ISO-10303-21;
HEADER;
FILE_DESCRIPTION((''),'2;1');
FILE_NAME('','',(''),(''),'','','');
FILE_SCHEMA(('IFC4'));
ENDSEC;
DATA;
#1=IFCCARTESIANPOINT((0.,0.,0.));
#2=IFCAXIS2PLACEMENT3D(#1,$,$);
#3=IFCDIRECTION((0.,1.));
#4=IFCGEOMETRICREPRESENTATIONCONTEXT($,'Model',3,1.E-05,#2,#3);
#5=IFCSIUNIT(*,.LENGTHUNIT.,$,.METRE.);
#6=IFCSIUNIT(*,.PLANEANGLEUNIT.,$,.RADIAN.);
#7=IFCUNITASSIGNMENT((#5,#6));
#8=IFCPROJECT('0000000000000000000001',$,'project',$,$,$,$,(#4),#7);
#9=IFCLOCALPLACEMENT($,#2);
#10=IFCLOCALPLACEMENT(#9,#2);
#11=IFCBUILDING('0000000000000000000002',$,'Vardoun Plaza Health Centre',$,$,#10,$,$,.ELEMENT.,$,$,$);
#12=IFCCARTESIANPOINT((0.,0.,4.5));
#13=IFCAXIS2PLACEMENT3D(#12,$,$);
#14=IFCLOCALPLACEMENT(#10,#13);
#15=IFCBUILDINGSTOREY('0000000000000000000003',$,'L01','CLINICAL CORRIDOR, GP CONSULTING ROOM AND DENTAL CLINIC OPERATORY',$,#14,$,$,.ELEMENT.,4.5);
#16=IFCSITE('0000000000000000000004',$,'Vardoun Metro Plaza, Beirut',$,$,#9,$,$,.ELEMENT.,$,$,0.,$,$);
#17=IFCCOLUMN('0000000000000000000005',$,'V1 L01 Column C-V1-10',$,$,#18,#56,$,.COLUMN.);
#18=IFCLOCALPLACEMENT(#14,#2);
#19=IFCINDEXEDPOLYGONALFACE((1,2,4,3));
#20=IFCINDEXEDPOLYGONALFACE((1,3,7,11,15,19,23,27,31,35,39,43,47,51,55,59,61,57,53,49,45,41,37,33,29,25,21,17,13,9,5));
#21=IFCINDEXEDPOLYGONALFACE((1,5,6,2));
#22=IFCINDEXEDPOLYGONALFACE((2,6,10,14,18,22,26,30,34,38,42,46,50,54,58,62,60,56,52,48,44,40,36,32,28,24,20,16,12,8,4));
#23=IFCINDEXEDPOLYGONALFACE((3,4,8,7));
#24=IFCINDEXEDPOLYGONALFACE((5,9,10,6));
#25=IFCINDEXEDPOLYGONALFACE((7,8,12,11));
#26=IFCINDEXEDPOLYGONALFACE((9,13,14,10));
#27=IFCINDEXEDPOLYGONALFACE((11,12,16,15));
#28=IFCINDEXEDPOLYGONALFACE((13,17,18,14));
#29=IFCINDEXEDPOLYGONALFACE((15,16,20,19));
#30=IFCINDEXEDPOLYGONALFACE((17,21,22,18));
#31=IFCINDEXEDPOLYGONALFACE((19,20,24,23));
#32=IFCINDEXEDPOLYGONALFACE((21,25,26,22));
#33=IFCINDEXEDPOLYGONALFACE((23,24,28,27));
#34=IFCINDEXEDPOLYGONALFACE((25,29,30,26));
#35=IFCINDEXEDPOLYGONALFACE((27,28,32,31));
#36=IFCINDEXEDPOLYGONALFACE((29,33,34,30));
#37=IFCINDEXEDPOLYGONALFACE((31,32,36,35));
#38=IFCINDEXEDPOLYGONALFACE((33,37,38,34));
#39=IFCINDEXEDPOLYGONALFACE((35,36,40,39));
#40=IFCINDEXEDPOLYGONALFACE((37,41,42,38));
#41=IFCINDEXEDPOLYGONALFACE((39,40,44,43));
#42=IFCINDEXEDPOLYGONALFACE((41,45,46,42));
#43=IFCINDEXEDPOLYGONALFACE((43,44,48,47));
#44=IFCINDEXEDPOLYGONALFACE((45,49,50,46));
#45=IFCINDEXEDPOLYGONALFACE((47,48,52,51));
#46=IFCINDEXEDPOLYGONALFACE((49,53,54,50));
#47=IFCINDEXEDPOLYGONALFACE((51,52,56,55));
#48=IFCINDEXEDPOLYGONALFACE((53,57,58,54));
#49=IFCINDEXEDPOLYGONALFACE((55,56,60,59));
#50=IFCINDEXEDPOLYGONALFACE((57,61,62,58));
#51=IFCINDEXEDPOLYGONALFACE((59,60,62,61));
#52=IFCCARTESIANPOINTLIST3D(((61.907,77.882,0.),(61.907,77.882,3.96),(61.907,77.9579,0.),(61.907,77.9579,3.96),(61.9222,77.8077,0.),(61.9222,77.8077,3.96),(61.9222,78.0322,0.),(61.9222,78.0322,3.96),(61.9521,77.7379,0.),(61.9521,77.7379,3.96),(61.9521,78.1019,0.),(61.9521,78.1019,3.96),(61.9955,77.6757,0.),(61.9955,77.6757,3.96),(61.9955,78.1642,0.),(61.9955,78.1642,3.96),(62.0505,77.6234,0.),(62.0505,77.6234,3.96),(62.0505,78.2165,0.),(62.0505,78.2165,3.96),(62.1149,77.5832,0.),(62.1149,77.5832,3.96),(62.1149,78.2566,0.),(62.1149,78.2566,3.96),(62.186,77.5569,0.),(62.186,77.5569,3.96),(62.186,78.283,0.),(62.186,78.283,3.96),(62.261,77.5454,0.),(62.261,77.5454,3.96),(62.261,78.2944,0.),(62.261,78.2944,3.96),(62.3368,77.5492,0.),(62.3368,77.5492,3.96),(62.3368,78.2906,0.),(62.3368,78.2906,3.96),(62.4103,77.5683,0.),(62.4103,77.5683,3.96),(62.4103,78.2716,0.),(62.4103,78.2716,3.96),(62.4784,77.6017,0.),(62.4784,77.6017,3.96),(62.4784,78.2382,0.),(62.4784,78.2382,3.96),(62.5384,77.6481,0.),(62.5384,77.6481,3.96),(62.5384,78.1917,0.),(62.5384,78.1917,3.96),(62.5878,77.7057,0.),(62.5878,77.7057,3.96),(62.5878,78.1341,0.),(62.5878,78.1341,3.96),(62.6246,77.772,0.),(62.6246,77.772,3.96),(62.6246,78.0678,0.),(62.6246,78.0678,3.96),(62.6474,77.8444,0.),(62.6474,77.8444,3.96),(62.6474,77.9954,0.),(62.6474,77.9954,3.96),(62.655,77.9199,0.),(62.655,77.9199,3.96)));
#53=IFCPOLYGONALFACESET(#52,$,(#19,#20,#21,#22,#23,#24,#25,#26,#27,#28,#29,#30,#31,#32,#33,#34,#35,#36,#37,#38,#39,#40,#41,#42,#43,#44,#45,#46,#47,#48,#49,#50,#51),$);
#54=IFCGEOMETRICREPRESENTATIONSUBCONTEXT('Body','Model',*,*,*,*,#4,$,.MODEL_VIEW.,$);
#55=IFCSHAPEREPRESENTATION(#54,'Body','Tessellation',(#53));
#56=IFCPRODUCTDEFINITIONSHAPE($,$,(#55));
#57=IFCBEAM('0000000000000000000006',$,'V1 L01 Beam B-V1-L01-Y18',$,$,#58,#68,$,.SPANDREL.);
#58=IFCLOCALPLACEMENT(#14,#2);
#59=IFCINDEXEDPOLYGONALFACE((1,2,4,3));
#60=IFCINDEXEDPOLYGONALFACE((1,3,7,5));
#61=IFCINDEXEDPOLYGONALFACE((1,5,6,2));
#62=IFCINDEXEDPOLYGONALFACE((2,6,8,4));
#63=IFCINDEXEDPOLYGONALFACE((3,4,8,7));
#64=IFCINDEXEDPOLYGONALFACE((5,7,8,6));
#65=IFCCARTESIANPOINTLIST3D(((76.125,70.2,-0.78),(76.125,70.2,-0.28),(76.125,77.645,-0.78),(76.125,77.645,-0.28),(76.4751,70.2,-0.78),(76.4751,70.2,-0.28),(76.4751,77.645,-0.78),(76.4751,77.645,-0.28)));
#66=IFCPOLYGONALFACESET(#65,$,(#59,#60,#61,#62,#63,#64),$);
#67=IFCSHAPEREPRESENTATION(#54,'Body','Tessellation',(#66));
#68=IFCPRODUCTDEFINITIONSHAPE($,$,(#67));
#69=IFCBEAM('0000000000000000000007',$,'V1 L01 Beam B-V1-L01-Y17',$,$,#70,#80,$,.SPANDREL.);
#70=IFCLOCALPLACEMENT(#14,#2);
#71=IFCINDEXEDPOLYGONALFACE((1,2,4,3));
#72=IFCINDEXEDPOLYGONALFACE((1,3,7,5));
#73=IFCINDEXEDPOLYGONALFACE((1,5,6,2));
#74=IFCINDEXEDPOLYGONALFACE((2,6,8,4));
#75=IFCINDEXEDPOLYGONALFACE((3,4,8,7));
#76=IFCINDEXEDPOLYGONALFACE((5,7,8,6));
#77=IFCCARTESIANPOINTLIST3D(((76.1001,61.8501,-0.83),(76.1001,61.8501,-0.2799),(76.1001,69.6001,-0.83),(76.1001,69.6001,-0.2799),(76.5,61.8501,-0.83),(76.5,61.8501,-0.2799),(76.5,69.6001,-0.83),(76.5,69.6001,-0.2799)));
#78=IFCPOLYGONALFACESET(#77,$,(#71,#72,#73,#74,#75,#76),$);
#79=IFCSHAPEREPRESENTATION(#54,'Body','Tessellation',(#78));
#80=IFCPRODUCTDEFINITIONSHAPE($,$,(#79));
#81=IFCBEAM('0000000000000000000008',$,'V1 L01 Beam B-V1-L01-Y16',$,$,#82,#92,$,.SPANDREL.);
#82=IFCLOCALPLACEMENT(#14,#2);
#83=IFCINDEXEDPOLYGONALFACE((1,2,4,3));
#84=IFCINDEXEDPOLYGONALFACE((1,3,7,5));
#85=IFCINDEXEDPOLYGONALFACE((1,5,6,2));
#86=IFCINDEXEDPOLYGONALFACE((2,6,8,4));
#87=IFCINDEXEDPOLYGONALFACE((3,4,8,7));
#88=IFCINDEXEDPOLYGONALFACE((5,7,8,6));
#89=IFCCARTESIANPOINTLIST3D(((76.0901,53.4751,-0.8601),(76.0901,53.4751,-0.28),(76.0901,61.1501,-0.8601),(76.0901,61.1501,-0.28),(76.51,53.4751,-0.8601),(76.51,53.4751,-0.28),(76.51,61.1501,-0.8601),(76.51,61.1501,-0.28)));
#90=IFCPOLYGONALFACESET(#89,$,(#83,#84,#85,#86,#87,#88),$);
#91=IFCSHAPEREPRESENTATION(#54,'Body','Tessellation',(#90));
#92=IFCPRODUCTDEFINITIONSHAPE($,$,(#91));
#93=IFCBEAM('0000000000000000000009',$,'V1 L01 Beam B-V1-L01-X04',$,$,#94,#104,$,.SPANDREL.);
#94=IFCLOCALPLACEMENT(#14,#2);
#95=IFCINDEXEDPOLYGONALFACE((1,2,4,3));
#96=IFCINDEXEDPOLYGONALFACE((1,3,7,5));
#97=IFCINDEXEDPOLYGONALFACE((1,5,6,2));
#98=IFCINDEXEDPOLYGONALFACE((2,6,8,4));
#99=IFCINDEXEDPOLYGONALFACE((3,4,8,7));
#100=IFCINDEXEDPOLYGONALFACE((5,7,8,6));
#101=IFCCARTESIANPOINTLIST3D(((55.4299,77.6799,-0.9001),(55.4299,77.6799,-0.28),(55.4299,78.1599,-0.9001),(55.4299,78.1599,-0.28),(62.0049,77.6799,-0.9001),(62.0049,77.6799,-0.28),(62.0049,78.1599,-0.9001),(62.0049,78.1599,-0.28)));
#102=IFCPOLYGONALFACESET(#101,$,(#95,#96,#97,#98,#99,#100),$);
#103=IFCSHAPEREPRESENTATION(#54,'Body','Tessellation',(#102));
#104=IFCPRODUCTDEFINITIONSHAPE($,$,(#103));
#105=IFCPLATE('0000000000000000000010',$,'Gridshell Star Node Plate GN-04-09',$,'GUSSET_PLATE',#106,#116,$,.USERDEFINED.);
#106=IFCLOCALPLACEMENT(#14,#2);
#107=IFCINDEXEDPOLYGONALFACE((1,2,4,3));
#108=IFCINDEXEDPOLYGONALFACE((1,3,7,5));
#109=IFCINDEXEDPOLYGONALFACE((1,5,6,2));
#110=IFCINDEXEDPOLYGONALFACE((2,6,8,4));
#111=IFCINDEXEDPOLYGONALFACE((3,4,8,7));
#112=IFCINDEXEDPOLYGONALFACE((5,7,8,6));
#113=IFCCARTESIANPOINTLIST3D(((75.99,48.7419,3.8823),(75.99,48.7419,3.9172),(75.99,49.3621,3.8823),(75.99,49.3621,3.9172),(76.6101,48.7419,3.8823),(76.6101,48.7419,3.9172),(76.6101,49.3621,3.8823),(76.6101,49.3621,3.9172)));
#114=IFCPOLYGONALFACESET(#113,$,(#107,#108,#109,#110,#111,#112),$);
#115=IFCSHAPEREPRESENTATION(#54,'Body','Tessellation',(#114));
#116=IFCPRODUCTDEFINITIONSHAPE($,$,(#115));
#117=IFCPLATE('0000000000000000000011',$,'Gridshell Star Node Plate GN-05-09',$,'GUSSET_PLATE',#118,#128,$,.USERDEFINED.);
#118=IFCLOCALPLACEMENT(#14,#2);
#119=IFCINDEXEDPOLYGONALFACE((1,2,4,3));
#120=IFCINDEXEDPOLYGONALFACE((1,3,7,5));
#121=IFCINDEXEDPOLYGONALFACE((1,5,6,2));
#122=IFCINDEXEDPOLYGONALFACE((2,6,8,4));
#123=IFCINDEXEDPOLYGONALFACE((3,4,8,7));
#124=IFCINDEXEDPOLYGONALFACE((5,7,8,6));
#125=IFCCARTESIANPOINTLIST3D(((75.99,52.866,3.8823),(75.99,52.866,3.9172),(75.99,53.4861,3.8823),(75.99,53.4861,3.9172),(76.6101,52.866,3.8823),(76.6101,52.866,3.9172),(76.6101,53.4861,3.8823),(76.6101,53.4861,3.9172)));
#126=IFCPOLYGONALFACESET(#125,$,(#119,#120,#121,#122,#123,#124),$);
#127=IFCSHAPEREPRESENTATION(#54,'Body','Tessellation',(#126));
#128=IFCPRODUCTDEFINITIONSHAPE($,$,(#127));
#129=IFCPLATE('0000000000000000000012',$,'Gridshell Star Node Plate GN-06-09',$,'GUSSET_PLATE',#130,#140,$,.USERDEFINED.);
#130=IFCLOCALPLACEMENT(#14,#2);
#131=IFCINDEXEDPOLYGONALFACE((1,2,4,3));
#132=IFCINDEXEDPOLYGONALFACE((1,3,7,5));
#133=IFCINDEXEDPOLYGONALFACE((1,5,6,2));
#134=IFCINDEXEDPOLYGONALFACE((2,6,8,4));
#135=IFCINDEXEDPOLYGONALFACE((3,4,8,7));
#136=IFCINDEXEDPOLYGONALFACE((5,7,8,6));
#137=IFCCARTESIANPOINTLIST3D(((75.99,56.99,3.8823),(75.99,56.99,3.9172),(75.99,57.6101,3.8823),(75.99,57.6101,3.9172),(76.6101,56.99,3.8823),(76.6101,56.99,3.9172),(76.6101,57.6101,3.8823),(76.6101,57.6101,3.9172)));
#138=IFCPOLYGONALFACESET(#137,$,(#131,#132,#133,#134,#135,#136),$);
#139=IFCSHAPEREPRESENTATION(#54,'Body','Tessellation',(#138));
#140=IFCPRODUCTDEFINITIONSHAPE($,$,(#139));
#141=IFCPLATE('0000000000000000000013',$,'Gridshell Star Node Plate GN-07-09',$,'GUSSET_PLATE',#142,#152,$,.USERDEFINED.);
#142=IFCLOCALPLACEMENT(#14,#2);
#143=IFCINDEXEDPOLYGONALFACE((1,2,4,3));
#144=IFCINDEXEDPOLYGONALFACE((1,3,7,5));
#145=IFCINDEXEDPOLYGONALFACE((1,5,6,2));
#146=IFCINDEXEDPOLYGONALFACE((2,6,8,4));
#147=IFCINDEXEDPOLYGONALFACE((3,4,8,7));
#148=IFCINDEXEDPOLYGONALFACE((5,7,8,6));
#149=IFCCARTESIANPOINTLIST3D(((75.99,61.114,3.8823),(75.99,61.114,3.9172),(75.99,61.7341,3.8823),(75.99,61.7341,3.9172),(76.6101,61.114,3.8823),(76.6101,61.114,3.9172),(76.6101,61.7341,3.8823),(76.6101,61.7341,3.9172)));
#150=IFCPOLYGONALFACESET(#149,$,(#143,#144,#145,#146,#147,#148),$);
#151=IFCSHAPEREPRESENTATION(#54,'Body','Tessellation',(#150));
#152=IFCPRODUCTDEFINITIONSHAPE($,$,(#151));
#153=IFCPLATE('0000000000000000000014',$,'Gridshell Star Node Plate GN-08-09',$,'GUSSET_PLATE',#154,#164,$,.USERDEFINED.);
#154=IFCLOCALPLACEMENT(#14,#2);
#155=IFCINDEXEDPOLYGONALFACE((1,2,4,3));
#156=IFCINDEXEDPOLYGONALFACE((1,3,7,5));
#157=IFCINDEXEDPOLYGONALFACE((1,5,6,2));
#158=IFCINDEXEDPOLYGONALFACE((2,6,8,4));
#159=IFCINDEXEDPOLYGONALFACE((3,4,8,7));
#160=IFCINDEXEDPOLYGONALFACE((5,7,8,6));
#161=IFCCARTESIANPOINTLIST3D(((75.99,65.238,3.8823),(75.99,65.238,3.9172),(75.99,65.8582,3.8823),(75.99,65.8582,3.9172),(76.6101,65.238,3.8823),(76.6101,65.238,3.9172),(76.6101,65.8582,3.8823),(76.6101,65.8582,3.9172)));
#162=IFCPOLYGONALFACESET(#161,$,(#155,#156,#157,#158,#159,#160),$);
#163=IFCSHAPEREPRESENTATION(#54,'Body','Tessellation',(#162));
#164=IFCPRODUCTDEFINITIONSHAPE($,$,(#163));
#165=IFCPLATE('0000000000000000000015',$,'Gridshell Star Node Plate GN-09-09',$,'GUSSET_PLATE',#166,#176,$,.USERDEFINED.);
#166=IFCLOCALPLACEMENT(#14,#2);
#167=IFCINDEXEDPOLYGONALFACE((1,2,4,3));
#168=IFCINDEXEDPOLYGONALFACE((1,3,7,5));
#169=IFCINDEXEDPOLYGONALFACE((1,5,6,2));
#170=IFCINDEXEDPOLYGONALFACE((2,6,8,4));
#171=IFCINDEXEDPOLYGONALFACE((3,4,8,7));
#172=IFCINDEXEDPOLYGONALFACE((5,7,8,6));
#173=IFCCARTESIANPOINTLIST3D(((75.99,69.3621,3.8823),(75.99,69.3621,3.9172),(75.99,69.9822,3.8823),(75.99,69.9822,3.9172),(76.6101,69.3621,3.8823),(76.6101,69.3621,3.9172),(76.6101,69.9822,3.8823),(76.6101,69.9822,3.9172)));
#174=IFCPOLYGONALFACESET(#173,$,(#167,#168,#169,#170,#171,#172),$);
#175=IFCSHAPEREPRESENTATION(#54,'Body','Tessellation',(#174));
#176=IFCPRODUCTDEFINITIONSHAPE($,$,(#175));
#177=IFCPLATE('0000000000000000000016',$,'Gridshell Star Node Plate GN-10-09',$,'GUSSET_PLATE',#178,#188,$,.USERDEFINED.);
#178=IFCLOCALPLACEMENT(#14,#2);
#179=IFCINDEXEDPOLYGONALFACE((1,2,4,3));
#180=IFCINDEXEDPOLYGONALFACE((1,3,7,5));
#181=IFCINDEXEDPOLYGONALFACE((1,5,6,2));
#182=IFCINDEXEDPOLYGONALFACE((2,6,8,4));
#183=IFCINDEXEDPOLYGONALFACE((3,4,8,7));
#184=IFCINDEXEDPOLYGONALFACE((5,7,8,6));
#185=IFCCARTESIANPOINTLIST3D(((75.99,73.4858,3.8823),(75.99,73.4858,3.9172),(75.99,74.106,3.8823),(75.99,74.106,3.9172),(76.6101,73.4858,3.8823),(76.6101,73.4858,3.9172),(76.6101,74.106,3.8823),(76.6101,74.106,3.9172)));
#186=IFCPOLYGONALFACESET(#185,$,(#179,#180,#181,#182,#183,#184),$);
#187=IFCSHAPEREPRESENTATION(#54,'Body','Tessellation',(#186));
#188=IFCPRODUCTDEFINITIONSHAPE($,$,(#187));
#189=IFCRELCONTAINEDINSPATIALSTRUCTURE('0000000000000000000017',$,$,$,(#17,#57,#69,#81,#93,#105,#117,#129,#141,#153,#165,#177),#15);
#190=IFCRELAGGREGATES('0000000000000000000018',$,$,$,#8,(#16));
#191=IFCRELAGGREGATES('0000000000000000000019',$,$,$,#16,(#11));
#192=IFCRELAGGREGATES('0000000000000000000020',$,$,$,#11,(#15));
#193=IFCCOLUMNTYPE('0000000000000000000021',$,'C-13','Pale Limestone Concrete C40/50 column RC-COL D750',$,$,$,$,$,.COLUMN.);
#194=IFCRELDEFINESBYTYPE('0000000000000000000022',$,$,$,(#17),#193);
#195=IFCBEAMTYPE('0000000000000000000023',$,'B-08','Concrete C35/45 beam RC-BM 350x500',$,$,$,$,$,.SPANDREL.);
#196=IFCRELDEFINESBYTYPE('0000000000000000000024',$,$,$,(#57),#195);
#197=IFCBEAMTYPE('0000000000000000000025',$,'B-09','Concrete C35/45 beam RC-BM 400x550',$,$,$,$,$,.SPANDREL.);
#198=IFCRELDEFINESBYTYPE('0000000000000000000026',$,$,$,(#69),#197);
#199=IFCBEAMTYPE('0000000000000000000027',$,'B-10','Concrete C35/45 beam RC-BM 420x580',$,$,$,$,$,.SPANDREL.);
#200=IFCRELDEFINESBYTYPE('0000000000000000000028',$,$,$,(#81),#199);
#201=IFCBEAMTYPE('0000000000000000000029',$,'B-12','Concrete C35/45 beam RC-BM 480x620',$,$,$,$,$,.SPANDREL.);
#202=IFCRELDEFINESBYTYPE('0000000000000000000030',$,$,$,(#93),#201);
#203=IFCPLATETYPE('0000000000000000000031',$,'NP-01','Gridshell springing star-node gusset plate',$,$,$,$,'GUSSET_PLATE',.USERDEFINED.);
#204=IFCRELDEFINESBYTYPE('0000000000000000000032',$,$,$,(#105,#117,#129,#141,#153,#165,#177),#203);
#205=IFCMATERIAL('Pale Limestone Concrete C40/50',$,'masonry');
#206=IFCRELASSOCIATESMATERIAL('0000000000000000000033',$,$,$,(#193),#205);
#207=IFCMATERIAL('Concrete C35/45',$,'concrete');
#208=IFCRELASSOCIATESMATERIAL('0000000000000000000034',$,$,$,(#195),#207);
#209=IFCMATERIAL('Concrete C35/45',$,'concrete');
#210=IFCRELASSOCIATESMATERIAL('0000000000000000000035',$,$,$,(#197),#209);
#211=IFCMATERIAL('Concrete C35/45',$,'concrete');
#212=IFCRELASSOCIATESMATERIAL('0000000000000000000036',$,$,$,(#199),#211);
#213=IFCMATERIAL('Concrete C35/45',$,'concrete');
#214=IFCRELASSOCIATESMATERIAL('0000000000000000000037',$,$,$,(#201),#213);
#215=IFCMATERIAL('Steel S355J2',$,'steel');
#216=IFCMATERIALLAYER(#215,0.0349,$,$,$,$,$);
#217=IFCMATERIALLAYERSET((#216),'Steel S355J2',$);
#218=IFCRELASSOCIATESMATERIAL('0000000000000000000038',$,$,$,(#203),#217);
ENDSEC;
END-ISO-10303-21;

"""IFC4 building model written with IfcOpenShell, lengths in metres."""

from ifc_helpers import new_model, si_unit, direction, frame, origin, origin_2d, place, context, subcontext, project, spatial, rectangle, circle, extrude, material, layer, layer_set, material_profile, profile_set, type_object, element, save


model = new_model("IFC4")

# Units and contexts
model_context = context("Model", 3, precision=1e-05, world=origin(), true_north=direction((0.0, 1.0)))
body_context = subcontext(model_context, "Body", "Model", "MODEL_VIEW")
ifc_project = project(units=[si_unit("LENGTHUNIT", "METRE"), si_unit("PLANEANGLEUNIT", "RADIAN")], contexts=[model_context])

# Site, building, storey
site_placement = place(None, origin())
site = spatial("IfcSite", under=ifc_project, at=site_placement, Name="Vardoun Metro Plaza, Beirut", CompositionType="ELEMENT", RefElevation=0.0)
building_placement = place(site_placement, origin())
building = spatial("IfcBuilding", under=site, at=building_placement, Name="Vardoun Plaza Health Centre", CompositionType="ELEMENT")
storey_placement = place(building_placement, frame((0.0, 0.0, 4.5)))
storey = spatial("IfcBuildingStorey", under=building, at=storey_placement, Name="L01", Description="CLINICAL CORRIDOR, GP CONSULTING ROOM AND DENTAL CLINIC OPERATORY", CompositionType="ELEMENT", Elevation=4.5)

# Column
ifc_material_1 = material(Name="Pale Limestone Concrete C40/50", Category="masonry")
ifc_material_profile_1 = material_profile(ifc_material_1, circle(Radius=0.375, at=origin_2d()), Name="RC-COL D750")
ifc_profile_set_1 = profile_set([ifc_material_profile_1], Name="Pale Limestone Concrete C40/50")
column_type_1 = type_object("IfcColumnType", Name="C-13", Description="Pale Limestone Concrete C40/50 column RC-COL D750", PredefinedType="COLUMN", material=ifc_profile_set_1)
column_1_placement = place(storey_placement, frame((62.28, 77.9199, 0.0), z_axis=(0.0, 0.0, 1.0), x_axis=(1.0, 0.0, 0.0)))
element("IfcColumn", 1, at=column_1_placement, inside=storey, type_object=column_type_1, Name="V1 L01 Column C-V1-10", PredefinedType="COLUMN", context=body_context, shape_type="SweptSolid", body=[
    extrude(circle(Radius=0.375, at=origin_2d()), origin(), (0.0, 0.0, 1.0), 3.96),
])

# Beams
ifc_material_2 = material(Name="Concrete C35/45", Category="concrete")
ifc_material_profile_2 = material_profile(ifc_material_2, rectangle(XDim=0.3501, YDim=0.5, at=origin_2d()), Name="RC-BM 350x500")
ifc_profile_set_2 = profile_set([ifc_material_profile_2], Name="Concrete C35/45")
beam_type_1 = type_object("IfcBeamType", Name="B-08", Description="Concrete C35/45 beam RC-BM 350x500", PredefinedType="SPANDREL", material=ifc_profile_set_2)
beam_1_placement = place(storey_placement, frame((76.3, 70.2, -0.53), z_axis=(0.0, 1.0, 0.0), x_axis=(-1.0, 0.0, 0.0)))
element("IfcBeam", 2, at=beam_1_placement, inside=storey, type_object=beam_type_1, Name="V1 L01 Beam B-V1-L01-Y18", PredefinedType="SPANDREL", context=body_context, shape_type="SweptSolid", body=[
    extrude(rectangle(XDim=0.3501, YDim=0.5, at=origin_2d()), origin(), (0.0, 0.0, 1.0), 7.4451),
])
ifc_material_3 = material(Name="Concrete C35/45", Category="concrete")
ifc_material_profile_3 = material_profile(ifc_material_3, rectangle(XDim=0.3999, YDim=0.55, at=origin_2d()), Name="RC-BM 400x550")
ifc_profile_set_3 = profile_set([ifc_material_profile_3], Name="Concrete C35/45")
beam_type_2 = type_object("IfcBeamType", Name="B-09", Description="Concrete C35/45 beam RC-BM 400x550", PredefinedType="SPANDREL", material=ifc_profile_set_3)
beam_2_placement = place(storey_placement, frame((76.3, 61.8501, -0.5549), z_axis=(0.0, 1.0, 0.0), x_axis=(-1.0, 0.0, 0.0)))
element("IfcBeam", 3, at=beam_2_placement, inside=storey, type_object=beam_type_2, Name="V1 L01 Beam B-V1-L01-Y17", PredefinedType="SPANDREL", context=body_context, shape_type="SweptSolid", body=[
    extrude(rectangle(XDim=0.3999, YDim=0.55, at=origin_2d()), origin(), (0.0, 0.0, 1.0), 7.75),
])
ifc_material_4 = material(Name="Concrete C35/45", Category="concrete")
ifc_material_profile_4 = material_profile(ifc_material_4, rectangle(XDim=0.4199, YDim=0.5801, at=origin_2d()), Name="RC-BM 420x580")
ifc_profile_set_4 = profile_set([ifc_material_profile_4], Name="Concrete C35/45")
beam_type_3 = type_object("IfcBeamType", Name="B-10", Description="Concrete C35/45 beam RC-BM 420x580", PredefinedType="SPANDREL", material=ifc_profile_set_4)
beam_3_placement = place(storey_placement, frame((76.3, 53.4751, -0.5701), z_axis=(0.0, 1.0, 0.0), x_axis=(-1.0, 0.0, 0.0)))
element("IfcBeam", 4, at=beam_3_placement, inside=storey, type_object=beam_type_3, Name="V1 L01 Beam B-V1-L01-Y16", PredefinedType="SPANDREL", context=body_context, shape_type="SweptSolid", body=[
    extrude(rectangle(XDim=0.4199, YDim=0.5801, at=origin_2d()), origin(), (0.0, 0.0, 1.0), 7.675),
])
ifc_material_5 = material(Name="Concrete C35/45", Category="concrete")
ifc_material_profile_5 = material_profile(ifc_material_5, rectangle(XDim=0.48, YDim=0.6201, at=origin_2d()), Name="RC-BM 480x620")
ifc_profile_set_5 = profile_set([ifc_material_profile_5], Name="Concrete C35/45")
beam_type_4 = type_object("IfcBeamType", Name="B-12", Description="Concrete C35/45 beam RC-BM 480x620", PredefinedType="SPANDREL", material=ifc_profile_set_5)
beam_4_placement = place(storey_placement, frame((55.4299, 77.9199, -0.5901), z_axis=(1.0, 0.0, 0.0), x_axis=(0.0, 1.0, 0.0)))
element("IfcBeam", 5, at=beam_4_placement, inside=storey, type_object=beam_type_4, Name="V1 L01 Beam B-V1-L01-X04", PredefinedType="SPANDREL", context=body_context, shape_type="SweptSolid", body=[
    extrude(rectangle(XDim=0.48, YDim=0.6201, at=origin_2d()), origin(), (0.0, 0.0, 1.0), 6.575),
])

# Plates
ifc_material_6 = material(Name="Steel S355J2", Category="steel")
ifc_layer_1 = layer(ifc_material_6, 0.0349)
ifc_layer_set_1 = layer_set([ifc_layer_1], Name="Steel S355J2")
plate_type = type_object("IfcPlateType", Name="NP-01", Description="Gridshell springing star-node gusset plate", ElementType="GUSSET_PLATE", PredefinedType="USERDEFINED", material=ifc_layer_set_1)
for number, where, z_axis, x_axis, name in (
    (6, (76.3, 49.052, 3.8823), (0.0, 0.0, 1.0), (1.0, 0.0, 0.0), "Gridshell Star Node Plate GN-04-09"),
    (7, (76.3, 53.176, 3.8823), (0.0, 0.0, 1.0), (1.0, 0.0, 0.0), "Gridshell Star Node Plate GN-05-09"),
    (8, (76.3, 57.3, 3.8823), (0.0, 0.0, 1.0), (1.0, 0.0, 0.0), "Gridshell Star Node Plate GN-06-09"),
    (9, (76.3, 61.4241, 3.8823), (0.0, 0.0, 1.0), (1.0, 0.0, 0.0), "Gridshell Star Node Plate GN-07-09"),
    (10, (76.3, 65.5481, 3.8823), (0.0, 0.0, 1.0), (1.0, 0.0, 0.0), "Gridshell Star Node Plate GN-08-09"),
    (11, (76.3, 69.6721, 3.8823), (0.0, 0.0, 1.0), (1.0, 0.0, 0.0), "Gridshell Star Node Plate GN-09-09"),
    (12, (76.3, 73.7959, 3.8823), (0.0, 0.0, 1.0), (1.0, 0.0, 0.0), "Gridshell Star Node Plate GN-10-09"),
):
    element("IfcPlate", number, at=place(storey_placement, frame(where, z_axis=z_axis, x_axis=x_axis)), inside=storey, type_object=plate_type, Name=name, ObjectType="GUSSET_PLATE", PredefinedType="USERDEFINED", context=body_context, shape_type="SweptSolid", body=[
        extrude(rectangle(XDim=0.6201, YDim=0.6201, at=origin_2d()), origin(), (0.0, 0.0, 1.0), 0.0349),
    ])

save(model, "model.ifc")
